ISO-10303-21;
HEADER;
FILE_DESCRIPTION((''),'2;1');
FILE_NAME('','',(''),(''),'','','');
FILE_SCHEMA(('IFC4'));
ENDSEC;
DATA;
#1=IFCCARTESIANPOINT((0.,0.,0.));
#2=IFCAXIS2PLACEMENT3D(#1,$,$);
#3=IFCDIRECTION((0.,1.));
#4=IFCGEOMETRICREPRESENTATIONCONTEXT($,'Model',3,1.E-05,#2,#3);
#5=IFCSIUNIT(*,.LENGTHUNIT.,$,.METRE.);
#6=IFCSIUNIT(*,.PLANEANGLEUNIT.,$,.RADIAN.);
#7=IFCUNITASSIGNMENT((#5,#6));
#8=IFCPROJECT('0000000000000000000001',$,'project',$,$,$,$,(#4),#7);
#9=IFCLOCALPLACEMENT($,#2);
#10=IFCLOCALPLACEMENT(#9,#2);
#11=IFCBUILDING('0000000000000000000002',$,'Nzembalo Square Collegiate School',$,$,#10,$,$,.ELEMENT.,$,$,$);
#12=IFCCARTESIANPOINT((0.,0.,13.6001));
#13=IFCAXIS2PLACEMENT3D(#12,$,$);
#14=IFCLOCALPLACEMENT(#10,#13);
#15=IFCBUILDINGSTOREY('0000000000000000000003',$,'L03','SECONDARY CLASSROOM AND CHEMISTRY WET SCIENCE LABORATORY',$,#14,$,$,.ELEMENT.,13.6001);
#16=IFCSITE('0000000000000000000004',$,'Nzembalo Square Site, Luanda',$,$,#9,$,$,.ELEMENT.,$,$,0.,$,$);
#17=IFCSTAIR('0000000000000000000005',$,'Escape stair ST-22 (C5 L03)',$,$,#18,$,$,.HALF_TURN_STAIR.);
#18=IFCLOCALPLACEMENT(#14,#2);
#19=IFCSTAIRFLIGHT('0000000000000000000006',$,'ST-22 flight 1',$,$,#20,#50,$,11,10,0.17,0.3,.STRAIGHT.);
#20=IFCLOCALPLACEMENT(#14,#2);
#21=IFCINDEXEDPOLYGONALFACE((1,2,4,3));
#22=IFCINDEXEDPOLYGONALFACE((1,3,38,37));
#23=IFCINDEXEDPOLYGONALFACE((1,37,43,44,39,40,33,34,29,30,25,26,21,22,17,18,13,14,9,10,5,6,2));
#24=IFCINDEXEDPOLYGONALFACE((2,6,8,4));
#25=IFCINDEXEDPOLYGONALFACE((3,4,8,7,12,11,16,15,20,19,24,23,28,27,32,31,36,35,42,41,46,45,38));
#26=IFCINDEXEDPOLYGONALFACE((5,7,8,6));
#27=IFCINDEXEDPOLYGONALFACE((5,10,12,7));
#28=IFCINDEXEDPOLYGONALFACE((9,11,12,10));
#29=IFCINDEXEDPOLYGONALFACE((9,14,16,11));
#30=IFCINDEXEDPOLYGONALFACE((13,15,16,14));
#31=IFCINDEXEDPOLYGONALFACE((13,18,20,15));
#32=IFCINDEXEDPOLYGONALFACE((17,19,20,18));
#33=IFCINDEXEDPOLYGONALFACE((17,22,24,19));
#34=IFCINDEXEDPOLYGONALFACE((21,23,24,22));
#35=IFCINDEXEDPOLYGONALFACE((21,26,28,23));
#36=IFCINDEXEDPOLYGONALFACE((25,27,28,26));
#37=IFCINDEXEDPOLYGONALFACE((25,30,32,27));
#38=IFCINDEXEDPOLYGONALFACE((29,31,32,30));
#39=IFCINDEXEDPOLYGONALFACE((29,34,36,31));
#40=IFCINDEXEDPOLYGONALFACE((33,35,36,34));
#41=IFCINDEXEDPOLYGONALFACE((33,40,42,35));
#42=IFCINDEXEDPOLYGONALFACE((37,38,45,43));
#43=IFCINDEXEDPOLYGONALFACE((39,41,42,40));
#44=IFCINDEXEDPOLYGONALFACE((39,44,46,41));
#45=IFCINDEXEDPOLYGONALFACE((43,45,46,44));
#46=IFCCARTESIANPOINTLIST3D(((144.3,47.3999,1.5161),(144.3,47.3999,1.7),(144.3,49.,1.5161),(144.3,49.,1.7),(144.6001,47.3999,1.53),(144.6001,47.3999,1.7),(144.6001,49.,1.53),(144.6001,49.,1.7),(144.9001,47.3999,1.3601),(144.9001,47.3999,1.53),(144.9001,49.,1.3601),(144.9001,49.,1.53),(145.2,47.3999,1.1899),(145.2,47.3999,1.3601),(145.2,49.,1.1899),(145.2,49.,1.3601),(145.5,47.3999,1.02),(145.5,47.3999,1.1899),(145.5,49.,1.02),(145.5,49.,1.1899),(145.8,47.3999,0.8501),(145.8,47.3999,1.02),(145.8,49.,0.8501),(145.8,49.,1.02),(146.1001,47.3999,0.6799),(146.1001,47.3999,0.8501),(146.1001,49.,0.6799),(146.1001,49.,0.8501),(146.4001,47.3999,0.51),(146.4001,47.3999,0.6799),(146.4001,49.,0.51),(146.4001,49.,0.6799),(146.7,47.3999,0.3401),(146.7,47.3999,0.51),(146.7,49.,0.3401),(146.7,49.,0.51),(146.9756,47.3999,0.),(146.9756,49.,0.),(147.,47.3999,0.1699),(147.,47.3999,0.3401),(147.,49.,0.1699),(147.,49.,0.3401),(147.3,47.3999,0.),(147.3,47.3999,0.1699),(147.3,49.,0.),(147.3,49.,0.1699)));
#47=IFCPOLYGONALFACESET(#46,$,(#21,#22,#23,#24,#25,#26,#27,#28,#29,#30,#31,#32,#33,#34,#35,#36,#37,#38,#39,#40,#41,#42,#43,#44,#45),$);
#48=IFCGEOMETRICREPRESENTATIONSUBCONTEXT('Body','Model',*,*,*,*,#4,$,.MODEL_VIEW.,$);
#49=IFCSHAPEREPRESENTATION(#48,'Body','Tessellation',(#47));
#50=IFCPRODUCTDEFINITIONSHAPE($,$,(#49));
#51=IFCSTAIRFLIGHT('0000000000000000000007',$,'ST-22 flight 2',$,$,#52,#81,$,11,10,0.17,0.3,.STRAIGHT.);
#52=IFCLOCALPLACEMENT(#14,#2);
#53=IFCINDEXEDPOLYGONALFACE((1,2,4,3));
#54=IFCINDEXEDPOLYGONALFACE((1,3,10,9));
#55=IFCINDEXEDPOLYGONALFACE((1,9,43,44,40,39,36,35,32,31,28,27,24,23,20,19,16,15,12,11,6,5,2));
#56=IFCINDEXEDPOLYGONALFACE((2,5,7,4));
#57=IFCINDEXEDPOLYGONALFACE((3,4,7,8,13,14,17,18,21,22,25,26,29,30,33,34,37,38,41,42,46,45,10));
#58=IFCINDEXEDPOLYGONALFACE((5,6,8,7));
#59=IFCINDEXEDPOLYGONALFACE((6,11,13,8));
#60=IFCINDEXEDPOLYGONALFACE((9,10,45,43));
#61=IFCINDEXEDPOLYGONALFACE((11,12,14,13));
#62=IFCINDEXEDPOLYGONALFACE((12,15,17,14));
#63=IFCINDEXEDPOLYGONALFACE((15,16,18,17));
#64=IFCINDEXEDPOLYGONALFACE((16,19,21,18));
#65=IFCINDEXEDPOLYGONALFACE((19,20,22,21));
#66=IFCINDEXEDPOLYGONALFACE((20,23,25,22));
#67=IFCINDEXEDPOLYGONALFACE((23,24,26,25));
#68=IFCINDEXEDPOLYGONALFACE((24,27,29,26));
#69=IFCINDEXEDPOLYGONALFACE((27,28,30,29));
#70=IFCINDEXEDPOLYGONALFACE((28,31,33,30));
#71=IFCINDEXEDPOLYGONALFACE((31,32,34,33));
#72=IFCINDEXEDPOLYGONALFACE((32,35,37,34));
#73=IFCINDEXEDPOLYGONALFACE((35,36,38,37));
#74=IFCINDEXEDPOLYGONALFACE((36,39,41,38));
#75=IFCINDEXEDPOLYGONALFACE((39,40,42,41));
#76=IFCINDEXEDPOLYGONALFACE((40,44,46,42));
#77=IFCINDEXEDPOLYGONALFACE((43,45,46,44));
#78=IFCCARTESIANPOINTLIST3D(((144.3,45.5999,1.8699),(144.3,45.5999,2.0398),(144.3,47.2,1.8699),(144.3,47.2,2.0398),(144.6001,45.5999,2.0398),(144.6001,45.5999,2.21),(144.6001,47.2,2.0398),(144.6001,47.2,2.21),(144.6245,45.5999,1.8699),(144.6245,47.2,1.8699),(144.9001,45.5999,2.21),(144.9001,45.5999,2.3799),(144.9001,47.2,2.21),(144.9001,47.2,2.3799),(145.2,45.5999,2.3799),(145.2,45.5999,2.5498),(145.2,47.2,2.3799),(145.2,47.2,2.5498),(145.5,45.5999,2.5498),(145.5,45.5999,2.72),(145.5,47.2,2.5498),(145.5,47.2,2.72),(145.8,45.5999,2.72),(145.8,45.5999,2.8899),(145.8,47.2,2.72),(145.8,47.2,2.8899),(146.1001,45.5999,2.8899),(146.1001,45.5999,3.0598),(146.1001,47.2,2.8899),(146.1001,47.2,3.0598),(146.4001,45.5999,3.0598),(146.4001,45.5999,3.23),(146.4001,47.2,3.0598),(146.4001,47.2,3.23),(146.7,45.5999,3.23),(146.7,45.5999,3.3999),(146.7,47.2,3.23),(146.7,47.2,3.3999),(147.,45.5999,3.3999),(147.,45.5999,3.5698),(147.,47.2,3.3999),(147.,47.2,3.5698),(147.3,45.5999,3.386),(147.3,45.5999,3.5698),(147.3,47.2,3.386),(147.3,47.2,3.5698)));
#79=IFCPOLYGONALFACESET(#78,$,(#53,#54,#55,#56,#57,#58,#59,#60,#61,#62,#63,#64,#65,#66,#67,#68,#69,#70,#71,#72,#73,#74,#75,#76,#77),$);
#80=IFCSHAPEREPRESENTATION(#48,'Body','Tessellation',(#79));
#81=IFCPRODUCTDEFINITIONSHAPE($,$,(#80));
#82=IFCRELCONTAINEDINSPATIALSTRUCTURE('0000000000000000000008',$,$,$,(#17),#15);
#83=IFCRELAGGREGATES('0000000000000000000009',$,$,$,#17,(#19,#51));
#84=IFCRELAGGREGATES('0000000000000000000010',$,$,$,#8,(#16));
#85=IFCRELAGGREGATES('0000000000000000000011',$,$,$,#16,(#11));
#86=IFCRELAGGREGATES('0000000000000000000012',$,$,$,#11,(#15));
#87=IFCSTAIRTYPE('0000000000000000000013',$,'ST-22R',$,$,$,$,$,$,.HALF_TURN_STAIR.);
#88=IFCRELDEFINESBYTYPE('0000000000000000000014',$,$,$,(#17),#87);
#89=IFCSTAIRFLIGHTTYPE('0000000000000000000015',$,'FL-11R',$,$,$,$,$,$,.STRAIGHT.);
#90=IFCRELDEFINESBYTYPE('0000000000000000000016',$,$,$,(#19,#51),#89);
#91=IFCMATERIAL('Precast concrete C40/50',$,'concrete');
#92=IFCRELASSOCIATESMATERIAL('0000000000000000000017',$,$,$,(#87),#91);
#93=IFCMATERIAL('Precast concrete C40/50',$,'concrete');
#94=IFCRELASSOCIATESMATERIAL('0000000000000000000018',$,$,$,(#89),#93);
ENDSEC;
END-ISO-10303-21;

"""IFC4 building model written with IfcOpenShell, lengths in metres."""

from ifc_helpers import new_model, si_unit, direction, frame, origin, place, context, subcontext, project, spatial, polyline, outline, extrude, material, type_object, element, aggregate, save


model = new_model("IFC4")

# Units and contexts
model_context = context("Model", 3, precision=1e-05, world=origin(), true_north=direction((0.0, 1.0)))
body_context = subcontext(model_context, "Body", "Model", "MODEL_VIEW")
ifc_project = project(units=[si_unit("LENGTHUNIT", "METRE"), si_unit("PLANEANGLEUNIT", "RADIAN")], contexts=[model_context])

# Site, building, storey
site_placement = place(None, origin())
site = spatial("IfcSite", under=ifc_project, at=site_placement, Name="Nzembalo Square Site, Luanda", CompositionType="ELEMENT", RefElevation=0.0)
building_placement = place(site_placement, origin())
building = spatial("IfcBuilding", under=site, at=building_placement, Name="Nzembalo Square Collegiate School", CompositionType="ELEMENT")
storey_placement = place(building_placement, frame((0.0, 0.0, 13.6001)))
storey = spatial("IfcBuildingStorey", under=building, at=storey_placement, Name="L03", Description="SECONDARY CLASSROOM AND CHEMISTRY WET SCIENCE LABORATORY", CompositionType="ELEMENT", Elevation=13.6001)

# Stair, stair flights
ifc_material_1 = material(Name="Precast concrete C40/50", Category="concrete")
stair_type = type_object("IfcStairType", Name="ST-22R", PredefinedType="HALF_TURN_STAIR", material=ifc_material_1)
stair_placement = place(storey_placement, origin())
stair = element("IfcStair", 1, at=stair_placement, inside=storey, type_object=stair_type, Name="Escape stair ST-22 (C5 L03)", PredefinedType="HALF_TURN_STAIR")
ifc_material_2 = material(Name="Precast concrete C40/50", Category="concrete")
stair_flight_type = type_object("IfcStairFlightType", Name="FL-11R", PredefinedType="STRAIGHT", material=ifc_material_2)
stair_flight_1_placement = place(storey_placement, frame((147.3, 48.2, 0.0), z_axis=(0.0, 0.0, 1.0), x_axis=(-1.0, 0.0, 0.0)))
stair_flight_1 = element("IfcStairFlight", 2, at=stair_flight_1_placement, type_object=stair_flight_type, Name="ST-22 flight 1", NumberOfRisers=11, NumberOfTreads=10, PredefinedType="STRAIGHT", RiserHeight=0.17, TreadLength=0.3, context=body_context, shape_type="SweptSolid", body=[
    extrude(outline(polyline([(0.0, 0.0), (0.0, 0.1699), (0.3, 0.1699), (0.3, 0.3401), (0.6001, 0.3401), (0.6001, 0.51), (0.8999, 0.51), (0.8999, 0.6799), (1.2, 0.6799), (1.2, 0.8501), (1.5, 0.8501), (1.5, 1.02), (1.8, 1.02), (1.8, 1.1899), (2.1001, 1.1899), (2.1001, 1.3601), (2.3999, 1.3601), (2.3999, 1.53), (2.7, 1.53), (2.7, 1.7), (3.0, 1.7), (3.0, 1.8701), (3.0, 1.5161), (0.3245, 0.0), (0.0, 0.0)])), frame((0.0, 0.8, 0.0), z_axis=(0.0, -1.0, 0.0), x_axis=(1.0, 0.0, 0.0)), (0.0, 0.0, 1.0), 1.6001),
])
stair_flight_2_placement = place(storey_placement, frame((144.3, 46.3999, 1.8699), z_axis=(0.0, 0.0, 1.0), x_axis=(1.0, 0.0, 0.0)))
stair_flight_2 = element("IfcStairFlight", 3, at=stair_flight_2_placement, type_object=stair_flight_type, Name="ST-22 flight 2", NumberOfRisers=11, NumberOfTreads=10, PredefinedType="STRAIGHT", RiserHeight=0.17, TreadLength=0.3, context=body_context, shape_type="SweptSolid", body=[
    extrude(outline(polyline([(0.0, 0.0), (0.0, 0.1699), (0.3, 0.1699), (0.3, 0.3401), (0.6001, 0.3401), (0.6001, 0.51), (0.8999, 0.51), (0.8999, 0.6799), (1.2, 0.6799), (1.2, 0.8501), (1.5, 0.8501), (1.5, 1.02), (1.8, 1.02), (1.8, 1.1899), (2.1001, 1.1899), (2.1001, 1.3601), (2.3999, 1.3601), (2.3999, 1.53), (2.7, 1.53), (2.7, 1.7), (3.0, 1.7), (3.0, 1.8701), (3.0, 1.5161), (0.3245, 0.0), (0.0, 0.0)])), frame((0.0, 0.8, 0.0), z_axis=(0.0, -1.0, 0.0), x_axis=(1.0, 0.0, 0.0)), (0.0, 0.0, 1.0), 1.6001),
])
aggregate(stair, [stair_flight_1, stair_flight_2])

save(model, "model.ifc")
